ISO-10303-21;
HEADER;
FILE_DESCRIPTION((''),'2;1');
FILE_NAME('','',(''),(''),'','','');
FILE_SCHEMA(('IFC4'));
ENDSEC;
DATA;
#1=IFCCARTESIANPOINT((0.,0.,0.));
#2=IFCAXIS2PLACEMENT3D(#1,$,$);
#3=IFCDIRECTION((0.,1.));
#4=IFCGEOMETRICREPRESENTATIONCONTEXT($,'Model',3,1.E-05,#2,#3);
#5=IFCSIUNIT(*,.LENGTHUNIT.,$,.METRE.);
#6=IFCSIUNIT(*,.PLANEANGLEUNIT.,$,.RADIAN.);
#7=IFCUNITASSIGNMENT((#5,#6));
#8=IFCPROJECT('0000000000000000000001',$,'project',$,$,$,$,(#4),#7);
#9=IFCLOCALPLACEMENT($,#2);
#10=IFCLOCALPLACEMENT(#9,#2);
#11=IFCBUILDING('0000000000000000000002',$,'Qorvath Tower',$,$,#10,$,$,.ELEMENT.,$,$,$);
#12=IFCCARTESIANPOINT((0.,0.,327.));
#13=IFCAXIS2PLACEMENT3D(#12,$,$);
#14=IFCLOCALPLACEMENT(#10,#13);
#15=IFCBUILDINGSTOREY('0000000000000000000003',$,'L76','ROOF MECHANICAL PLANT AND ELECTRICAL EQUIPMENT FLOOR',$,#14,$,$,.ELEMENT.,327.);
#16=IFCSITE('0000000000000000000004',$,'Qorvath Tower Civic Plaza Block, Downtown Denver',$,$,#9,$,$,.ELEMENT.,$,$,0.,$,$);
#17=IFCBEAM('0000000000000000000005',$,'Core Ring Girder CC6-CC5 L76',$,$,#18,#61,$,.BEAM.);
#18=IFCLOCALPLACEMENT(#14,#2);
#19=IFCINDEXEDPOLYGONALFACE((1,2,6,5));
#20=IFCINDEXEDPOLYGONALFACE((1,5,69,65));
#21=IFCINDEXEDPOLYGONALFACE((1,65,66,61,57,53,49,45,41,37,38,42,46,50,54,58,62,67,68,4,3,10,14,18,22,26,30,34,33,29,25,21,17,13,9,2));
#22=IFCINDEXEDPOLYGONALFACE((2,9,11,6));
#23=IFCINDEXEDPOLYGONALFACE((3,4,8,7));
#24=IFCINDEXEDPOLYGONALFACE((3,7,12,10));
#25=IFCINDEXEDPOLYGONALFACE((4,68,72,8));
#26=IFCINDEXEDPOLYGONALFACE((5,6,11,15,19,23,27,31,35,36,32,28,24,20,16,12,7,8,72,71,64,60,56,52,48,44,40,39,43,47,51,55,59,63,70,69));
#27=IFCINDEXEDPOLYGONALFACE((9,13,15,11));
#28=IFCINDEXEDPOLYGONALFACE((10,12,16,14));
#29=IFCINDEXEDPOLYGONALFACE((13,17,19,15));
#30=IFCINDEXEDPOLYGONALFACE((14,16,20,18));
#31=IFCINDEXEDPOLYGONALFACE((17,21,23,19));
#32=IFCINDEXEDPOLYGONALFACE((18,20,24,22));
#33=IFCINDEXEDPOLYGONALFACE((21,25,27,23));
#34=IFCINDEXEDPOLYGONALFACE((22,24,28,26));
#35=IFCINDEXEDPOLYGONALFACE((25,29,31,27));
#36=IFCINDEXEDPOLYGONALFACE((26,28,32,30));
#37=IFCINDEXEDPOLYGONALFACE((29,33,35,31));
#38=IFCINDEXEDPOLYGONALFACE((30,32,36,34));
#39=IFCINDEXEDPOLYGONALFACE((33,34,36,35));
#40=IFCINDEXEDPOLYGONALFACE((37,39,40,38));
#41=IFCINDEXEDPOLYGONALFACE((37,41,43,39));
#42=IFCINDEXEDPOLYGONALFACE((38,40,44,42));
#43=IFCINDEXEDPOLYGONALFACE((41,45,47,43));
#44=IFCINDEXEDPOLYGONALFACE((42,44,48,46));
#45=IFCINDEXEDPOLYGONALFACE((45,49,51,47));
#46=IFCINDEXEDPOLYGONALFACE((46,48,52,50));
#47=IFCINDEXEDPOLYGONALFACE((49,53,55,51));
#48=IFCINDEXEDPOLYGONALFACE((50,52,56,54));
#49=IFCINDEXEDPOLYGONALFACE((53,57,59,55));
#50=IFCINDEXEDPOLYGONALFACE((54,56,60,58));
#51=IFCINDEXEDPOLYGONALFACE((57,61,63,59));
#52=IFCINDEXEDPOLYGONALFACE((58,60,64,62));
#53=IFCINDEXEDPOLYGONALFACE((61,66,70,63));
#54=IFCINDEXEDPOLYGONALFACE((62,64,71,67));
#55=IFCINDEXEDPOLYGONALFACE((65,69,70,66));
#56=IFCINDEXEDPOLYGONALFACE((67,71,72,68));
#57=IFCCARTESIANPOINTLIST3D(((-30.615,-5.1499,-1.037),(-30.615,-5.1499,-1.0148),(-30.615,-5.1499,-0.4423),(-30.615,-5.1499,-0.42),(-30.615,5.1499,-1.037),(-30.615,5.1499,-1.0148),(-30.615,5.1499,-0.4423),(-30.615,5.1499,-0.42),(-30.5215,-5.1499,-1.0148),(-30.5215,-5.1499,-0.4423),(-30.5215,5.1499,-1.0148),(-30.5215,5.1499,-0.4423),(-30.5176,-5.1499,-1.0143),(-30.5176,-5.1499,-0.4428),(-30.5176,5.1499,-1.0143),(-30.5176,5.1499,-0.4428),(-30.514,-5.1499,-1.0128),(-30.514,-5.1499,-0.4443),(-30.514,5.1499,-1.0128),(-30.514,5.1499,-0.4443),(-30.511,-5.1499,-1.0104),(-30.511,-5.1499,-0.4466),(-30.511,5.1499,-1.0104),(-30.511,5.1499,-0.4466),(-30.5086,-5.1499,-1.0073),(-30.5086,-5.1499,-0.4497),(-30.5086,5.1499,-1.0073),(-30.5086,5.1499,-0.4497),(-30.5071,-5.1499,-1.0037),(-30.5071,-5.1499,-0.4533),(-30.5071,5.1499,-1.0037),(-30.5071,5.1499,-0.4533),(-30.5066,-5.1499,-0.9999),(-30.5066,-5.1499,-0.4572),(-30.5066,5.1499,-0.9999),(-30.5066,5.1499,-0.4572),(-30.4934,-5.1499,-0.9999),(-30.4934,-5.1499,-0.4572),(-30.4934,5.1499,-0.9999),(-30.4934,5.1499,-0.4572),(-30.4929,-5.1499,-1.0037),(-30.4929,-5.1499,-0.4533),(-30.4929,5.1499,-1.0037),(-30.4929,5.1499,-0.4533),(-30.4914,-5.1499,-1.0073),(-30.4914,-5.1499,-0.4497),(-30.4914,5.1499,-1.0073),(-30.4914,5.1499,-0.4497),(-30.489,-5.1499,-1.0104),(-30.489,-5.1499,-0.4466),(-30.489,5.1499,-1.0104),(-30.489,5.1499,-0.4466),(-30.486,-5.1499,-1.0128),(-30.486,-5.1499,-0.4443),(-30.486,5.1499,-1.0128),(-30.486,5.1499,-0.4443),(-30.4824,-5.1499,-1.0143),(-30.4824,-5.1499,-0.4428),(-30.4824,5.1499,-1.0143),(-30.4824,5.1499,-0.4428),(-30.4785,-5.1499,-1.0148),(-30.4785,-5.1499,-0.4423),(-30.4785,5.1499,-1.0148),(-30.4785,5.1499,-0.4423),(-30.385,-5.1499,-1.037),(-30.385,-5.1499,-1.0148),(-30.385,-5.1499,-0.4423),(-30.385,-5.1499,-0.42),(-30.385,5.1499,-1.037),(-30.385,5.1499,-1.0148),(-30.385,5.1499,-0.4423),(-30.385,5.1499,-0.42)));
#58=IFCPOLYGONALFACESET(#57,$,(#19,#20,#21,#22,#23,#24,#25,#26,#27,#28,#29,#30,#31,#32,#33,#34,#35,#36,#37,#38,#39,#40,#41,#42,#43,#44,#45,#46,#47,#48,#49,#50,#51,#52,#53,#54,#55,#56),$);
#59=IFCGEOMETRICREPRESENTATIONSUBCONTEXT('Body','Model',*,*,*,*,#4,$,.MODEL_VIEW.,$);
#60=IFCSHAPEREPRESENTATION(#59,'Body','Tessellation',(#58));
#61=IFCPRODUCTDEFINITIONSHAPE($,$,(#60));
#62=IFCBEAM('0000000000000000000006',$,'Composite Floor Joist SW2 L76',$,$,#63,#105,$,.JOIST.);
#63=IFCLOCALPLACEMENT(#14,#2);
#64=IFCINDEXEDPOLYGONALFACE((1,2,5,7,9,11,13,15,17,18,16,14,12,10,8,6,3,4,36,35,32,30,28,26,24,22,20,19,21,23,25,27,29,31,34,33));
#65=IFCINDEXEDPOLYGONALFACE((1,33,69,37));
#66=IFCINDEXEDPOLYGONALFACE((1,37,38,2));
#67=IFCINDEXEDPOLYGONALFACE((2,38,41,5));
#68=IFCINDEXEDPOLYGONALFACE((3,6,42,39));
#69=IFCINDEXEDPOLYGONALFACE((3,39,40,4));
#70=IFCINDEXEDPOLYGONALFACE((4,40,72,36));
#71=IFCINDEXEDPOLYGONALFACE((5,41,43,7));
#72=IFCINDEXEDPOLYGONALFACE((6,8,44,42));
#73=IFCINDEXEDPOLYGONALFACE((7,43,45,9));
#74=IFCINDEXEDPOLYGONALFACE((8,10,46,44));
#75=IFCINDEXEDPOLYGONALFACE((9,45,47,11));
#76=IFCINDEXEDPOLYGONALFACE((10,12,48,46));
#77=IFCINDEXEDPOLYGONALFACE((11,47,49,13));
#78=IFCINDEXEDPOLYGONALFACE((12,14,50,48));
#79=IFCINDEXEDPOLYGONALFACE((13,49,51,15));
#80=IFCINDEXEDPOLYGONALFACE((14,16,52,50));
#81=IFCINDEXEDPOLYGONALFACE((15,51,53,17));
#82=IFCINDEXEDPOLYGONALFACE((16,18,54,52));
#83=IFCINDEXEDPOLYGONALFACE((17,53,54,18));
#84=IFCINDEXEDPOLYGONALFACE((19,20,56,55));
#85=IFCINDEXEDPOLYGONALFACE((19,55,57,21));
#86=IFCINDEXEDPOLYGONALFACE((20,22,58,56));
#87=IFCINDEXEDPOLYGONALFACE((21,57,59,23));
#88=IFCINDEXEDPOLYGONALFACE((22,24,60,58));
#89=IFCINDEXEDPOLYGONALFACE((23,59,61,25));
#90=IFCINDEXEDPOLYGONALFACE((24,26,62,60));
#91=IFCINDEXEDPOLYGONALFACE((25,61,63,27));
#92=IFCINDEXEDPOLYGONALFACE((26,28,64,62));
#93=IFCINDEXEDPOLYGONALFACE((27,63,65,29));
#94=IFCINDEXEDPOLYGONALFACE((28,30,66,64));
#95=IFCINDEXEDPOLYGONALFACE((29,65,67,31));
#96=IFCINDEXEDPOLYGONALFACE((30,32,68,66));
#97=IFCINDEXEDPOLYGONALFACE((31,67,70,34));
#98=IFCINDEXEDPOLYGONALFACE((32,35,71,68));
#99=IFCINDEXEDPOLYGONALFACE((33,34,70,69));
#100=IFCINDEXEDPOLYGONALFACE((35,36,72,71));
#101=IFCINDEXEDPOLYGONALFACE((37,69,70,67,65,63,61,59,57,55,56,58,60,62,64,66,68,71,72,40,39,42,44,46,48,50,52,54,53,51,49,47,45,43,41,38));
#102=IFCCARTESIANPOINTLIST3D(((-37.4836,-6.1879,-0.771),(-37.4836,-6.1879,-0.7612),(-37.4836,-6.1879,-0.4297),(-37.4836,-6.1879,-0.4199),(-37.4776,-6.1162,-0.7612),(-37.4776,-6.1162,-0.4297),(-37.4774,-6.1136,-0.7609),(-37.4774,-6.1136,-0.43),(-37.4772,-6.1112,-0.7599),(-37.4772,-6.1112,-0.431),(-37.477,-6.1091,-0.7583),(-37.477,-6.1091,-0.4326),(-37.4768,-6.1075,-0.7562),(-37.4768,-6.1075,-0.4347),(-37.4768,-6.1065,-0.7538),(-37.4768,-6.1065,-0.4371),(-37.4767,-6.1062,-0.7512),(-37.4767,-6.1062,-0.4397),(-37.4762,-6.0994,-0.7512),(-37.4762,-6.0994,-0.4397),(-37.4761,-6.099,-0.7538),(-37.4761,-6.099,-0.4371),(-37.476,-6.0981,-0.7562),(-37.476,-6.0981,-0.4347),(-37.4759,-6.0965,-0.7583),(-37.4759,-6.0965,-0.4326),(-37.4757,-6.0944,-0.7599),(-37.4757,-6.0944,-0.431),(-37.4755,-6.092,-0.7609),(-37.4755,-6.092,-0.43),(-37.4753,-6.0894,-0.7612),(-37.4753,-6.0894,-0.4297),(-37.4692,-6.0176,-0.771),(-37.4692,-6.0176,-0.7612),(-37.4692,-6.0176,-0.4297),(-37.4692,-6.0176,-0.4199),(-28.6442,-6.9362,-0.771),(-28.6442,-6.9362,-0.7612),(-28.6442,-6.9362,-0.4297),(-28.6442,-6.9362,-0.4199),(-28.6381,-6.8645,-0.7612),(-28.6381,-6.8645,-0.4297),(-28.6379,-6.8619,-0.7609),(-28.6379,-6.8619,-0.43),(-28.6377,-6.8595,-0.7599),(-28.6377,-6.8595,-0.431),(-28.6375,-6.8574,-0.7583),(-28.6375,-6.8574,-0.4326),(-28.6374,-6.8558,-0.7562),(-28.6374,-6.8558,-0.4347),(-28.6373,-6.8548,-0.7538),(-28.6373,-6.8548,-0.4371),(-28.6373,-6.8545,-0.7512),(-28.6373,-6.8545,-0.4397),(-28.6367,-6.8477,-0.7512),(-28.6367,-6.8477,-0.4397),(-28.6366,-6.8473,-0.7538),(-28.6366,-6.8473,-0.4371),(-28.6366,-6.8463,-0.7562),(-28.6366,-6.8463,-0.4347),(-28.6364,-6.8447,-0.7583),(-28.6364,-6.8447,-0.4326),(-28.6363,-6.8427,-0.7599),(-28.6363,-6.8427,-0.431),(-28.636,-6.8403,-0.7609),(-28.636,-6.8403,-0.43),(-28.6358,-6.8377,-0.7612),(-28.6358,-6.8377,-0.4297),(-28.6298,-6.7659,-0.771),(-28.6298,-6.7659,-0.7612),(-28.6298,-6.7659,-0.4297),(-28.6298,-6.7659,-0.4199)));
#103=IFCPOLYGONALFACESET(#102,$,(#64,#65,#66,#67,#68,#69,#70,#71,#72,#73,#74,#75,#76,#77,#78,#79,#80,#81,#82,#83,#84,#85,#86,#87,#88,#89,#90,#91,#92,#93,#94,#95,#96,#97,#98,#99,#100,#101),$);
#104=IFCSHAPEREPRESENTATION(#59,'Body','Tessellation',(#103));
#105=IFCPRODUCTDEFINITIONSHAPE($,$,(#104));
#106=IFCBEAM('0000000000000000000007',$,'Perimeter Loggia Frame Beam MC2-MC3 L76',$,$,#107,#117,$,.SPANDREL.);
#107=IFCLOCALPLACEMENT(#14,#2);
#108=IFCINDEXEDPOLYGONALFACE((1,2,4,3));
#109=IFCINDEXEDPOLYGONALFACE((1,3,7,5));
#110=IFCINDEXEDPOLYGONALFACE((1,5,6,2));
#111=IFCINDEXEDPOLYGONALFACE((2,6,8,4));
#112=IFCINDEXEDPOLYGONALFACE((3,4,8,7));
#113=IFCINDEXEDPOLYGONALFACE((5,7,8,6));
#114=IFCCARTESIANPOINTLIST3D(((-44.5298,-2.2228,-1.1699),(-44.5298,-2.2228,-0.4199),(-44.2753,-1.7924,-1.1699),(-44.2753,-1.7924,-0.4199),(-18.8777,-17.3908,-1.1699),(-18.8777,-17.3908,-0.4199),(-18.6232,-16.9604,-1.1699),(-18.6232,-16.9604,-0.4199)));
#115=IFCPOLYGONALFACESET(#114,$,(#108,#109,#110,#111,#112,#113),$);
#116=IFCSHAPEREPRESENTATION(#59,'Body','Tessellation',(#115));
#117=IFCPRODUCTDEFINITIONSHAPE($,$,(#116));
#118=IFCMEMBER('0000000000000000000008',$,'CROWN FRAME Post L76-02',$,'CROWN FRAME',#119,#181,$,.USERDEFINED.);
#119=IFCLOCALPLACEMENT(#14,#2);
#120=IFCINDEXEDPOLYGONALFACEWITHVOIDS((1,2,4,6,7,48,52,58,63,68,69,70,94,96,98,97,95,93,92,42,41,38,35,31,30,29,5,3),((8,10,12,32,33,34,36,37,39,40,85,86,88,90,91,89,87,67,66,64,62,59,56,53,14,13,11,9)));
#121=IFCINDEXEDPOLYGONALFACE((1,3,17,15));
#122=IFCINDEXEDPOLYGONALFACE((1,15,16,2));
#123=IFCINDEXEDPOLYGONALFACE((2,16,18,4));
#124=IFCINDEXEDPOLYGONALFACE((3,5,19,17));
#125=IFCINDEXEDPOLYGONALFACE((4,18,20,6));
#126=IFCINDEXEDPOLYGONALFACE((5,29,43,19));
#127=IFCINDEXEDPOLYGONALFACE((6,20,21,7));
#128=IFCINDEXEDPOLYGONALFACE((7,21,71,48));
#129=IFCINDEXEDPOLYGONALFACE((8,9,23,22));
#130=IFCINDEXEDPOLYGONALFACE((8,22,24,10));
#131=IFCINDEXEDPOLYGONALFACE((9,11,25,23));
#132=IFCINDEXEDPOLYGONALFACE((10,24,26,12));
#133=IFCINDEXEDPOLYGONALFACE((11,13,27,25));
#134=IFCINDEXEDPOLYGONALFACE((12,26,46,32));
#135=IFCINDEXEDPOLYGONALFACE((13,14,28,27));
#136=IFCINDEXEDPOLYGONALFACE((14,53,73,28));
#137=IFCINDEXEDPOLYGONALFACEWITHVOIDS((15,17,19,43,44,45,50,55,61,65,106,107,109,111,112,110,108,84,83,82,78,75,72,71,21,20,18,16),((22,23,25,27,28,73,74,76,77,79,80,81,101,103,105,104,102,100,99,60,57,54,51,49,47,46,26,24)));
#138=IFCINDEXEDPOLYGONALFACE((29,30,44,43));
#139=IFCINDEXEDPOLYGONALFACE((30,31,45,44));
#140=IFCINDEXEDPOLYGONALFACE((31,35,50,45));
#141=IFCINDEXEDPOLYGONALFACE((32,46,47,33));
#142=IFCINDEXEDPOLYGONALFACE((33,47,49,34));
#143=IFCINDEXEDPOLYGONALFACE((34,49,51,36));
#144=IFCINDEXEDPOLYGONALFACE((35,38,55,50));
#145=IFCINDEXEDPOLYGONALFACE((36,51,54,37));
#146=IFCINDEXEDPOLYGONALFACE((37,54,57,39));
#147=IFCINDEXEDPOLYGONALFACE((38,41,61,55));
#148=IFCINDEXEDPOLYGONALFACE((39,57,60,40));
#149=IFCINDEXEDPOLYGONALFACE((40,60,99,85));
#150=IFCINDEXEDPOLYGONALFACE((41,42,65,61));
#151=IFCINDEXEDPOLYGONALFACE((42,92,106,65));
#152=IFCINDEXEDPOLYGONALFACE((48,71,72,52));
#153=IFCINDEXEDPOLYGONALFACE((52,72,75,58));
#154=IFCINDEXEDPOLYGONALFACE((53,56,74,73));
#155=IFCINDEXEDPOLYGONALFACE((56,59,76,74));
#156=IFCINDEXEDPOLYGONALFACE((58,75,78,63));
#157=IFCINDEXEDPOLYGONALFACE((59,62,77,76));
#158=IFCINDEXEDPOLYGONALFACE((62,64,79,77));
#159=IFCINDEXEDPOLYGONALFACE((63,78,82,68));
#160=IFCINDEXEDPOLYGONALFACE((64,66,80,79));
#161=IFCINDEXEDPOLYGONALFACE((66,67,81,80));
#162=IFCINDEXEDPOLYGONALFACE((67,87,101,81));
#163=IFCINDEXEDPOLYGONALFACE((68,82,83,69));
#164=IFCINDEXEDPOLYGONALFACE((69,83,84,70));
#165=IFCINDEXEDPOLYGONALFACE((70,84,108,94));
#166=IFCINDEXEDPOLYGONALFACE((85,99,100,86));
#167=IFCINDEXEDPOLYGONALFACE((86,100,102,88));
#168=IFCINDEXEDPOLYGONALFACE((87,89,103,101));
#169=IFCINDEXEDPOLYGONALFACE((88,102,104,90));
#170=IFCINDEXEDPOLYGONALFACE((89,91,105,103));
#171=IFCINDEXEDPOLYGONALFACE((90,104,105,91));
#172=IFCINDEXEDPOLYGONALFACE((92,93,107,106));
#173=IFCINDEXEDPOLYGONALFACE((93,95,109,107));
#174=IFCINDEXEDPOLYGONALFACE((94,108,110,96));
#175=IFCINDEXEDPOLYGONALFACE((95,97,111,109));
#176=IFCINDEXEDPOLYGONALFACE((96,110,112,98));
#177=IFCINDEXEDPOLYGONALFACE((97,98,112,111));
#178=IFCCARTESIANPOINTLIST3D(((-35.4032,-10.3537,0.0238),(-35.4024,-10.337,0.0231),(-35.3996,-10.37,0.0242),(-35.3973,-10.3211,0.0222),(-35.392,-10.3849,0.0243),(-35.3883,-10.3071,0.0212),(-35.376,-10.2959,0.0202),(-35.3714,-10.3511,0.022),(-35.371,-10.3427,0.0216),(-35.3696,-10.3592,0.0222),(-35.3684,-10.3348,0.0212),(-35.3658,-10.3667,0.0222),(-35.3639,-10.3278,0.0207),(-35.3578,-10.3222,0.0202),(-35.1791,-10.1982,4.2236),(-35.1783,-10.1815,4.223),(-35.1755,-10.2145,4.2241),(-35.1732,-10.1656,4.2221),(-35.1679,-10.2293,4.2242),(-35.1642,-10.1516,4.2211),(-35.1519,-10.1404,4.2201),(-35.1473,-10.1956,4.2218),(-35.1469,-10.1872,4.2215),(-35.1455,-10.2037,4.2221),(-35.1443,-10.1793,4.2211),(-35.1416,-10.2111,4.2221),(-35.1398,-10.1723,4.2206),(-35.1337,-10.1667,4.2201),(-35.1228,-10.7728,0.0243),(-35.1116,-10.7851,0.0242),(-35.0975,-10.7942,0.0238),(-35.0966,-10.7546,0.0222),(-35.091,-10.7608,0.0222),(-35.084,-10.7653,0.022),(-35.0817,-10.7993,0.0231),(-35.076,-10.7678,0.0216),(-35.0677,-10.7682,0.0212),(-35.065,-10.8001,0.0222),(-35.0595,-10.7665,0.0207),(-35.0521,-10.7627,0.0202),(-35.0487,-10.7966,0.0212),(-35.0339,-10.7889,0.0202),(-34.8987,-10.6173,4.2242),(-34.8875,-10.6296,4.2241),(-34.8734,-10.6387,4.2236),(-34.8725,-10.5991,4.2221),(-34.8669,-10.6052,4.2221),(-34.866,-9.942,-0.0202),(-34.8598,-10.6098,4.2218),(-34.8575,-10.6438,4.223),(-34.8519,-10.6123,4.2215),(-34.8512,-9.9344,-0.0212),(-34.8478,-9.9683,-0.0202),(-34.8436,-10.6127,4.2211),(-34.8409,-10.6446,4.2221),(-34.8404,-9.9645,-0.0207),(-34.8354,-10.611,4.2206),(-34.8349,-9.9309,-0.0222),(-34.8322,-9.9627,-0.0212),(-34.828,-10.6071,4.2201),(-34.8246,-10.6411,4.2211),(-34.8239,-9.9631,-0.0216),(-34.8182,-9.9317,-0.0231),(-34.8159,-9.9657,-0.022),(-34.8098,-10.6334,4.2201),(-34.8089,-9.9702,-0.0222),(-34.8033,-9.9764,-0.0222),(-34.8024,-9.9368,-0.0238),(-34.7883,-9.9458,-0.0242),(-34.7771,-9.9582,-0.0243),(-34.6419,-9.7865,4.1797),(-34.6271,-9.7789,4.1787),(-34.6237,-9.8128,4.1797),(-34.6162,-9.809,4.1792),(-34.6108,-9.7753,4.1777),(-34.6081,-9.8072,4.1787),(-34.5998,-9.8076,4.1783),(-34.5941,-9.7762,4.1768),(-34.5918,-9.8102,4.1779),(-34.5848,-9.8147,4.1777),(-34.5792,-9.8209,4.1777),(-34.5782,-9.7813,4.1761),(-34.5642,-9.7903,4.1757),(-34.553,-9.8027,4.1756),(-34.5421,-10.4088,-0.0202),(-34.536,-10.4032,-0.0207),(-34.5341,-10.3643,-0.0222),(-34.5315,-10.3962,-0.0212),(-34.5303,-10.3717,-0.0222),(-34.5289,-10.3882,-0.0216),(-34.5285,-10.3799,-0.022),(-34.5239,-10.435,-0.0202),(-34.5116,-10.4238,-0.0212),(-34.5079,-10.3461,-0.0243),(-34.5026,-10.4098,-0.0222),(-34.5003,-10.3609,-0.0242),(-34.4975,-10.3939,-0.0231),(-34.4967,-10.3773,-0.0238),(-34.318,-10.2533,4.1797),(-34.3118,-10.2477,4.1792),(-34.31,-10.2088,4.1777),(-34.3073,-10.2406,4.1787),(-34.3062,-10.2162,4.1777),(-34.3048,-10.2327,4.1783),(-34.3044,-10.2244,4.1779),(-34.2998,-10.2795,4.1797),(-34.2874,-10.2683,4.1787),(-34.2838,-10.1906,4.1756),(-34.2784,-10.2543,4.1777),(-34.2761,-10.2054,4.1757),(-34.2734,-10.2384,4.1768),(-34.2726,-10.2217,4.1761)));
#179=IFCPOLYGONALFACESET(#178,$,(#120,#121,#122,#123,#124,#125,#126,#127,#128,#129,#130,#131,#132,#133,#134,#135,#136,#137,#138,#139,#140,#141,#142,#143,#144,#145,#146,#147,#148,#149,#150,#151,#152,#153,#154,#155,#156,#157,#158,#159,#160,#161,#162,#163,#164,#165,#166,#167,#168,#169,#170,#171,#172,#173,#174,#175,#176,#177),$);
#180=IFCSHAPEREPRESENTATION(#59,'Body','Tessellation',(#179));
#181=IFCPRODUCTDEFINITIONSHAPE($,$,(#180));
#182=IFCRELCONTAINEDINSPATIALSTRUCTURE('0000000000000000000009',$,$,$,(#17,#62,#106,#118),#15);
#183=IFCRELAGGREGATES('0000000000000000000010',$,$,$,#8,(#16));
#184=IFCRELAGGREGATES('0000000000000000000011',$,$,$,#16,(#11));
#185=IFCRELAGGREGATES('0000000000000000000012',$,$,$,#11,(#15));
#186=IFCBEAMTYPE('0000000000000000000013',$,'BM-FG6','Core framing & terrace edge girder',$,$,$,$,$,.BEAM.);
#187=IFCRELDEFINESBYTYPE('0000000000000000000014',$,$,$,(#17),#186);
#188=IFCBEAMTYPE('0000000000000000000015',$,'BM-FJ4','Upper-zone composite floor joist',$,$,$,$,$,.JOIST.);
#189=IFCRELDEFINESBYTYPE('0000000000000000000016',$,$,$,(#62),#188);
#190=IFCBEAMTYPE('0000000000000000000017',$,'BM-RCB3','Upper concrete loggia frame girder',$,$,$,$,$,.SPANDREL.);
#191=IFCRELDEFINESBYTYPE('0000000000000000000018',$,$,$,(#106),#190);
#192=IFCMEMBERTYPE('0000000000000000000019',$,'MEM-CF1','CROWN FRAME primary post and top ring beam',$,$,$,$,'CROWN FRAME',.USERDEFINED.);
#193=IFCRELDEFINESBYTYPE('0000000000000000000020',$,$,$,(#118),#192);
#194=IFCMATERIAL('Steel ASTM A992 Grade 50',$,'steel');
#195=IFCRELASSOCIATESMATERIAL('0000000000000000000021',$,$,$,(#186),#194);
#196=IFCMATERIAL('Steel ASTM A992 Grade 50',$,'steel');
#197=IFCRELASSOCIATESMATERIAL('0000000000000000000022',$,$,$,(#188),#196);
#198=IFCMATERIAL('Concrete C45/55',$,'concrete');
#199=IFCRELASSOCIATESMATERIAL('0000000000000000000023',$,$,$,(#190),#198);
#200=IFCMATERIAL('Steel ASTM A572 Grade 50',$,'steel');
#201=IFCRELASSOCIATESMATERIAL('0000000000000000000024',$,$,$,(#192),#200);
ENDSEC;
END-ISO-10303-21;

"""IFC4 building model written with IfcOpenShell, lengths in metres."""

from ifc_helpers import new_model, si_unit, direction, frame, origin, origin_2d, place, context, subcontext, project, spatial, rectangle, hollow_rectangle, i_section, extrude, material, material_profile, profile_set, type_object, element, save


model = new_model("IFC4")

# Units and contexts
model_context = context("Model", 3, precision=1e-05, world=origin(), true_north=direction((0.0, 1.0)))
body_context = subcontext(model_context, "Body", "Model", "MODEL_VIEW")
ifc_project = project(units=[si_unit("LENGTHUNIT", "METRE"), si_unit("PLANEANGLEUNIT", "RADIAN")], contexts=[model_context])

# Site, building, storey
site_placement = place(None, origin())
site = spatial("IfcSite", under=ifc_project, at=site_placement, Name="Qorvath Tower Civic Plaza Block, Downtown Denver", CompositionType="ELEMENT", RefElevation=0.0)
building_placement = place(site_placement, origin())
building = spatial("IfcBuilding", under=site, at=building_placement, Name="Qorvath Tower", CompositionType="ELEMENT")
storey_placement = place(building_placement, frame((0.0, 0.0, 327.0)))
storey = spatial("IfcBuildingStorey", under=building, at=storey_placement, Name="L76", Description="ROOF MECHANICAL PLANT AND ELECTRICAL EQUIPMENT FLOOR", CompositionType="ELEMENT", Elevation=327.0)

# Beams
ifc_material_1 = material(Name="Steel ASTM A992 Grade 50", Category="steel")
ifc_material_profile_1 = material_profile(ifc_material_1, i_section(OverallWidth=0.23, OverallDepth=0.6169, WebThickness=0.0132, FlangeThickness=0.0222, FilletRadius=0.0149, at=origin_2d()), Name="W24x94")
ifc_profile_set_1 = profile_set([ifc_material_profile_1], Name="Steel ASTM A992 Grade 50")
beam_type_1 = type_object("IfcBeamType", Name="BM-FG6", Description="Core framing & terrace edge girder", PredefinedType="BEAM", material=ifc_profile_set_1)
beam_1_placement = place(storey_placement, frame((-30.5, -5.1499, -0.7285), z_axis=(0.0, 1.0, 0.0), x_axis=(-1.0, 0.0, 0.0)))
element("IfcBeam", 1, at=beam_1_placement, inside=storey, type_object=beam_type_1, Name="Core Ring Girder CC6-CC5 L76", PredefinedType="BEAM", context=body_context, shape_type="SweptSolid", body=[
    extrude(i_section(OverallWidth=0.23, OverallDepth=0.6169, WebThickness=0.0132, FlangeThickness=0.0222, FilletRadius=0.0149, at=origin_2d()), origin(), (0.0, 0.0, 1.0), 10.2998),
])
ifc_material_2 = material(Name="Steel ASTM A992 Grade 50", Category="steel")
ifc_material_profile_2 = material_profile(ifc_material_2, i_section(OverallWidth=0.1709, OverallDepth=0.3511, WebThickness=0.0068, FlangeThickness=0.0098, FilletRadius=0.01, at=origin_2d()), Name="W14x30")
ifc_profile_set_2 = profile_set([ifc_material_profile_2], Name="Steel ASTM A992 Grade 50")
beam_type_2 = type_object("IfcBeamType", Name="BM-FJ4", Description="Upper-zone composite floor joist", PredefinedType="JOIST", material=ifc_profile_set_2)
beam_2_placement = place(storey_placement, frame((-28.637, -6.8511, -0.5955), z_axis=(-0.996436, 0.08435, 0.0), x_axis=(-0.08435, -0.996436, 0.0)))
element("IfcBeam", 2, at=beam_2_placement, inside=storey, type_object=beam_type_2, Name="Composite Floor Joist SW2 L76", PredefinedType="JOIST", context=body_context, shape_type="SweptSolid", body=[
    extrude(i_section(OverallWidth=0.1709, OverallDepth=0.3511, WebThickness=0.0068, FlangeThickness=0.0098, FilletRadius=0.01, at=origin_2d()), origin(), (0.0, 0.0, 1.0), 8.8711),
])
ifc_material_3 = material(Name="Concrete C45/55", Category="concrete")
ifc_material_profile_3 = material_profile(ifc_material_3, rectangle(XDim=0.5, YDim=0.75, at=origin_2d()), Name="RCB 750x500")
ifc_profile_set_3 = profile_set([ifc_material_profile_3], Name="Concrete C45/55")
beam_type_3 = type_object("IfcBeamType", Name="BM-RCB3", Description="Upper concrete loggia frame girder", PredefinedType="SPANDREL", material=ifc_profile_set_3)
beam_3_placement = place(storey_placement, frame((-44.4026, -2.0076, -0.7949), z_axis=(0.860781, -0.508976, 0.0), x_axis=(0.508976, 0.860781, 0.0)))
element("IfcBeam", 3, at=beam_3_placement, inside=storey, type_object=beam_type_3, Name="Perimeter Loggia Frame Beam MC2-MC3 L76", PredefinedType="SPANDREL", context=body_context, shape_type="SweptSolid", body=[
    extrude(rectangle(XDim=0.5, YDim=0.75, at=origin_2d()), origin(), (0.0, 0.0, 1.0), 29.801),
])

# Member
ifc_material_4 = material(Name="Steel ASTM A572 Grade 50", Category="steel")
ifc_material_profile_4 = material_profile(ifc_material_4, hollow_rectangle(XDim=0.6001, YDim=0.75, WallThickness=0.032, InnerFilletRadius=0.032, OuterFilletRadius=0.064, at=origin_2d()), Name="CROWN BOX 750x600x32")
ifc_profile_set_4 = profile_set([ifc_material_profile_4], Name="Steel ASTM A572 Grade 50")
member_type = type_object("IfcMemberType", Name="MEM-CF1", Description="CROWN FRAME primary post and top ring beam", ElementType="CROWN FRAME", PredefinedType="USERDEFINED", material=ifc_profile_set_4)
member_placement = place(storey_placement, frame((-34.95, -10.3655, 0.0), z_axis=(0.053251, 0.036951, 0.997897), x_axis=(-0.570094, 0.82158, 0.0)))
element("IfcMember", 4, at=member_placement, inside=storey, type_object=member_type, Name="CROWN FRAME Post L76-02", ObjectType="CROWN FRAME", PredefinedType="USERDEFINED", context=body_context, shape_type="SweptSolid", body=[
    extrude(hollow_rectangle(XDim=0.6001, YDim=0.75, WallThickness=0.032, InnerFilletRadius=0.032, OuterFilletRadius=0.064, at=origin_2d()), origin(), (0.0, 0.0, 1.0), 4.2087),
])

save(model, "model.ifc")
